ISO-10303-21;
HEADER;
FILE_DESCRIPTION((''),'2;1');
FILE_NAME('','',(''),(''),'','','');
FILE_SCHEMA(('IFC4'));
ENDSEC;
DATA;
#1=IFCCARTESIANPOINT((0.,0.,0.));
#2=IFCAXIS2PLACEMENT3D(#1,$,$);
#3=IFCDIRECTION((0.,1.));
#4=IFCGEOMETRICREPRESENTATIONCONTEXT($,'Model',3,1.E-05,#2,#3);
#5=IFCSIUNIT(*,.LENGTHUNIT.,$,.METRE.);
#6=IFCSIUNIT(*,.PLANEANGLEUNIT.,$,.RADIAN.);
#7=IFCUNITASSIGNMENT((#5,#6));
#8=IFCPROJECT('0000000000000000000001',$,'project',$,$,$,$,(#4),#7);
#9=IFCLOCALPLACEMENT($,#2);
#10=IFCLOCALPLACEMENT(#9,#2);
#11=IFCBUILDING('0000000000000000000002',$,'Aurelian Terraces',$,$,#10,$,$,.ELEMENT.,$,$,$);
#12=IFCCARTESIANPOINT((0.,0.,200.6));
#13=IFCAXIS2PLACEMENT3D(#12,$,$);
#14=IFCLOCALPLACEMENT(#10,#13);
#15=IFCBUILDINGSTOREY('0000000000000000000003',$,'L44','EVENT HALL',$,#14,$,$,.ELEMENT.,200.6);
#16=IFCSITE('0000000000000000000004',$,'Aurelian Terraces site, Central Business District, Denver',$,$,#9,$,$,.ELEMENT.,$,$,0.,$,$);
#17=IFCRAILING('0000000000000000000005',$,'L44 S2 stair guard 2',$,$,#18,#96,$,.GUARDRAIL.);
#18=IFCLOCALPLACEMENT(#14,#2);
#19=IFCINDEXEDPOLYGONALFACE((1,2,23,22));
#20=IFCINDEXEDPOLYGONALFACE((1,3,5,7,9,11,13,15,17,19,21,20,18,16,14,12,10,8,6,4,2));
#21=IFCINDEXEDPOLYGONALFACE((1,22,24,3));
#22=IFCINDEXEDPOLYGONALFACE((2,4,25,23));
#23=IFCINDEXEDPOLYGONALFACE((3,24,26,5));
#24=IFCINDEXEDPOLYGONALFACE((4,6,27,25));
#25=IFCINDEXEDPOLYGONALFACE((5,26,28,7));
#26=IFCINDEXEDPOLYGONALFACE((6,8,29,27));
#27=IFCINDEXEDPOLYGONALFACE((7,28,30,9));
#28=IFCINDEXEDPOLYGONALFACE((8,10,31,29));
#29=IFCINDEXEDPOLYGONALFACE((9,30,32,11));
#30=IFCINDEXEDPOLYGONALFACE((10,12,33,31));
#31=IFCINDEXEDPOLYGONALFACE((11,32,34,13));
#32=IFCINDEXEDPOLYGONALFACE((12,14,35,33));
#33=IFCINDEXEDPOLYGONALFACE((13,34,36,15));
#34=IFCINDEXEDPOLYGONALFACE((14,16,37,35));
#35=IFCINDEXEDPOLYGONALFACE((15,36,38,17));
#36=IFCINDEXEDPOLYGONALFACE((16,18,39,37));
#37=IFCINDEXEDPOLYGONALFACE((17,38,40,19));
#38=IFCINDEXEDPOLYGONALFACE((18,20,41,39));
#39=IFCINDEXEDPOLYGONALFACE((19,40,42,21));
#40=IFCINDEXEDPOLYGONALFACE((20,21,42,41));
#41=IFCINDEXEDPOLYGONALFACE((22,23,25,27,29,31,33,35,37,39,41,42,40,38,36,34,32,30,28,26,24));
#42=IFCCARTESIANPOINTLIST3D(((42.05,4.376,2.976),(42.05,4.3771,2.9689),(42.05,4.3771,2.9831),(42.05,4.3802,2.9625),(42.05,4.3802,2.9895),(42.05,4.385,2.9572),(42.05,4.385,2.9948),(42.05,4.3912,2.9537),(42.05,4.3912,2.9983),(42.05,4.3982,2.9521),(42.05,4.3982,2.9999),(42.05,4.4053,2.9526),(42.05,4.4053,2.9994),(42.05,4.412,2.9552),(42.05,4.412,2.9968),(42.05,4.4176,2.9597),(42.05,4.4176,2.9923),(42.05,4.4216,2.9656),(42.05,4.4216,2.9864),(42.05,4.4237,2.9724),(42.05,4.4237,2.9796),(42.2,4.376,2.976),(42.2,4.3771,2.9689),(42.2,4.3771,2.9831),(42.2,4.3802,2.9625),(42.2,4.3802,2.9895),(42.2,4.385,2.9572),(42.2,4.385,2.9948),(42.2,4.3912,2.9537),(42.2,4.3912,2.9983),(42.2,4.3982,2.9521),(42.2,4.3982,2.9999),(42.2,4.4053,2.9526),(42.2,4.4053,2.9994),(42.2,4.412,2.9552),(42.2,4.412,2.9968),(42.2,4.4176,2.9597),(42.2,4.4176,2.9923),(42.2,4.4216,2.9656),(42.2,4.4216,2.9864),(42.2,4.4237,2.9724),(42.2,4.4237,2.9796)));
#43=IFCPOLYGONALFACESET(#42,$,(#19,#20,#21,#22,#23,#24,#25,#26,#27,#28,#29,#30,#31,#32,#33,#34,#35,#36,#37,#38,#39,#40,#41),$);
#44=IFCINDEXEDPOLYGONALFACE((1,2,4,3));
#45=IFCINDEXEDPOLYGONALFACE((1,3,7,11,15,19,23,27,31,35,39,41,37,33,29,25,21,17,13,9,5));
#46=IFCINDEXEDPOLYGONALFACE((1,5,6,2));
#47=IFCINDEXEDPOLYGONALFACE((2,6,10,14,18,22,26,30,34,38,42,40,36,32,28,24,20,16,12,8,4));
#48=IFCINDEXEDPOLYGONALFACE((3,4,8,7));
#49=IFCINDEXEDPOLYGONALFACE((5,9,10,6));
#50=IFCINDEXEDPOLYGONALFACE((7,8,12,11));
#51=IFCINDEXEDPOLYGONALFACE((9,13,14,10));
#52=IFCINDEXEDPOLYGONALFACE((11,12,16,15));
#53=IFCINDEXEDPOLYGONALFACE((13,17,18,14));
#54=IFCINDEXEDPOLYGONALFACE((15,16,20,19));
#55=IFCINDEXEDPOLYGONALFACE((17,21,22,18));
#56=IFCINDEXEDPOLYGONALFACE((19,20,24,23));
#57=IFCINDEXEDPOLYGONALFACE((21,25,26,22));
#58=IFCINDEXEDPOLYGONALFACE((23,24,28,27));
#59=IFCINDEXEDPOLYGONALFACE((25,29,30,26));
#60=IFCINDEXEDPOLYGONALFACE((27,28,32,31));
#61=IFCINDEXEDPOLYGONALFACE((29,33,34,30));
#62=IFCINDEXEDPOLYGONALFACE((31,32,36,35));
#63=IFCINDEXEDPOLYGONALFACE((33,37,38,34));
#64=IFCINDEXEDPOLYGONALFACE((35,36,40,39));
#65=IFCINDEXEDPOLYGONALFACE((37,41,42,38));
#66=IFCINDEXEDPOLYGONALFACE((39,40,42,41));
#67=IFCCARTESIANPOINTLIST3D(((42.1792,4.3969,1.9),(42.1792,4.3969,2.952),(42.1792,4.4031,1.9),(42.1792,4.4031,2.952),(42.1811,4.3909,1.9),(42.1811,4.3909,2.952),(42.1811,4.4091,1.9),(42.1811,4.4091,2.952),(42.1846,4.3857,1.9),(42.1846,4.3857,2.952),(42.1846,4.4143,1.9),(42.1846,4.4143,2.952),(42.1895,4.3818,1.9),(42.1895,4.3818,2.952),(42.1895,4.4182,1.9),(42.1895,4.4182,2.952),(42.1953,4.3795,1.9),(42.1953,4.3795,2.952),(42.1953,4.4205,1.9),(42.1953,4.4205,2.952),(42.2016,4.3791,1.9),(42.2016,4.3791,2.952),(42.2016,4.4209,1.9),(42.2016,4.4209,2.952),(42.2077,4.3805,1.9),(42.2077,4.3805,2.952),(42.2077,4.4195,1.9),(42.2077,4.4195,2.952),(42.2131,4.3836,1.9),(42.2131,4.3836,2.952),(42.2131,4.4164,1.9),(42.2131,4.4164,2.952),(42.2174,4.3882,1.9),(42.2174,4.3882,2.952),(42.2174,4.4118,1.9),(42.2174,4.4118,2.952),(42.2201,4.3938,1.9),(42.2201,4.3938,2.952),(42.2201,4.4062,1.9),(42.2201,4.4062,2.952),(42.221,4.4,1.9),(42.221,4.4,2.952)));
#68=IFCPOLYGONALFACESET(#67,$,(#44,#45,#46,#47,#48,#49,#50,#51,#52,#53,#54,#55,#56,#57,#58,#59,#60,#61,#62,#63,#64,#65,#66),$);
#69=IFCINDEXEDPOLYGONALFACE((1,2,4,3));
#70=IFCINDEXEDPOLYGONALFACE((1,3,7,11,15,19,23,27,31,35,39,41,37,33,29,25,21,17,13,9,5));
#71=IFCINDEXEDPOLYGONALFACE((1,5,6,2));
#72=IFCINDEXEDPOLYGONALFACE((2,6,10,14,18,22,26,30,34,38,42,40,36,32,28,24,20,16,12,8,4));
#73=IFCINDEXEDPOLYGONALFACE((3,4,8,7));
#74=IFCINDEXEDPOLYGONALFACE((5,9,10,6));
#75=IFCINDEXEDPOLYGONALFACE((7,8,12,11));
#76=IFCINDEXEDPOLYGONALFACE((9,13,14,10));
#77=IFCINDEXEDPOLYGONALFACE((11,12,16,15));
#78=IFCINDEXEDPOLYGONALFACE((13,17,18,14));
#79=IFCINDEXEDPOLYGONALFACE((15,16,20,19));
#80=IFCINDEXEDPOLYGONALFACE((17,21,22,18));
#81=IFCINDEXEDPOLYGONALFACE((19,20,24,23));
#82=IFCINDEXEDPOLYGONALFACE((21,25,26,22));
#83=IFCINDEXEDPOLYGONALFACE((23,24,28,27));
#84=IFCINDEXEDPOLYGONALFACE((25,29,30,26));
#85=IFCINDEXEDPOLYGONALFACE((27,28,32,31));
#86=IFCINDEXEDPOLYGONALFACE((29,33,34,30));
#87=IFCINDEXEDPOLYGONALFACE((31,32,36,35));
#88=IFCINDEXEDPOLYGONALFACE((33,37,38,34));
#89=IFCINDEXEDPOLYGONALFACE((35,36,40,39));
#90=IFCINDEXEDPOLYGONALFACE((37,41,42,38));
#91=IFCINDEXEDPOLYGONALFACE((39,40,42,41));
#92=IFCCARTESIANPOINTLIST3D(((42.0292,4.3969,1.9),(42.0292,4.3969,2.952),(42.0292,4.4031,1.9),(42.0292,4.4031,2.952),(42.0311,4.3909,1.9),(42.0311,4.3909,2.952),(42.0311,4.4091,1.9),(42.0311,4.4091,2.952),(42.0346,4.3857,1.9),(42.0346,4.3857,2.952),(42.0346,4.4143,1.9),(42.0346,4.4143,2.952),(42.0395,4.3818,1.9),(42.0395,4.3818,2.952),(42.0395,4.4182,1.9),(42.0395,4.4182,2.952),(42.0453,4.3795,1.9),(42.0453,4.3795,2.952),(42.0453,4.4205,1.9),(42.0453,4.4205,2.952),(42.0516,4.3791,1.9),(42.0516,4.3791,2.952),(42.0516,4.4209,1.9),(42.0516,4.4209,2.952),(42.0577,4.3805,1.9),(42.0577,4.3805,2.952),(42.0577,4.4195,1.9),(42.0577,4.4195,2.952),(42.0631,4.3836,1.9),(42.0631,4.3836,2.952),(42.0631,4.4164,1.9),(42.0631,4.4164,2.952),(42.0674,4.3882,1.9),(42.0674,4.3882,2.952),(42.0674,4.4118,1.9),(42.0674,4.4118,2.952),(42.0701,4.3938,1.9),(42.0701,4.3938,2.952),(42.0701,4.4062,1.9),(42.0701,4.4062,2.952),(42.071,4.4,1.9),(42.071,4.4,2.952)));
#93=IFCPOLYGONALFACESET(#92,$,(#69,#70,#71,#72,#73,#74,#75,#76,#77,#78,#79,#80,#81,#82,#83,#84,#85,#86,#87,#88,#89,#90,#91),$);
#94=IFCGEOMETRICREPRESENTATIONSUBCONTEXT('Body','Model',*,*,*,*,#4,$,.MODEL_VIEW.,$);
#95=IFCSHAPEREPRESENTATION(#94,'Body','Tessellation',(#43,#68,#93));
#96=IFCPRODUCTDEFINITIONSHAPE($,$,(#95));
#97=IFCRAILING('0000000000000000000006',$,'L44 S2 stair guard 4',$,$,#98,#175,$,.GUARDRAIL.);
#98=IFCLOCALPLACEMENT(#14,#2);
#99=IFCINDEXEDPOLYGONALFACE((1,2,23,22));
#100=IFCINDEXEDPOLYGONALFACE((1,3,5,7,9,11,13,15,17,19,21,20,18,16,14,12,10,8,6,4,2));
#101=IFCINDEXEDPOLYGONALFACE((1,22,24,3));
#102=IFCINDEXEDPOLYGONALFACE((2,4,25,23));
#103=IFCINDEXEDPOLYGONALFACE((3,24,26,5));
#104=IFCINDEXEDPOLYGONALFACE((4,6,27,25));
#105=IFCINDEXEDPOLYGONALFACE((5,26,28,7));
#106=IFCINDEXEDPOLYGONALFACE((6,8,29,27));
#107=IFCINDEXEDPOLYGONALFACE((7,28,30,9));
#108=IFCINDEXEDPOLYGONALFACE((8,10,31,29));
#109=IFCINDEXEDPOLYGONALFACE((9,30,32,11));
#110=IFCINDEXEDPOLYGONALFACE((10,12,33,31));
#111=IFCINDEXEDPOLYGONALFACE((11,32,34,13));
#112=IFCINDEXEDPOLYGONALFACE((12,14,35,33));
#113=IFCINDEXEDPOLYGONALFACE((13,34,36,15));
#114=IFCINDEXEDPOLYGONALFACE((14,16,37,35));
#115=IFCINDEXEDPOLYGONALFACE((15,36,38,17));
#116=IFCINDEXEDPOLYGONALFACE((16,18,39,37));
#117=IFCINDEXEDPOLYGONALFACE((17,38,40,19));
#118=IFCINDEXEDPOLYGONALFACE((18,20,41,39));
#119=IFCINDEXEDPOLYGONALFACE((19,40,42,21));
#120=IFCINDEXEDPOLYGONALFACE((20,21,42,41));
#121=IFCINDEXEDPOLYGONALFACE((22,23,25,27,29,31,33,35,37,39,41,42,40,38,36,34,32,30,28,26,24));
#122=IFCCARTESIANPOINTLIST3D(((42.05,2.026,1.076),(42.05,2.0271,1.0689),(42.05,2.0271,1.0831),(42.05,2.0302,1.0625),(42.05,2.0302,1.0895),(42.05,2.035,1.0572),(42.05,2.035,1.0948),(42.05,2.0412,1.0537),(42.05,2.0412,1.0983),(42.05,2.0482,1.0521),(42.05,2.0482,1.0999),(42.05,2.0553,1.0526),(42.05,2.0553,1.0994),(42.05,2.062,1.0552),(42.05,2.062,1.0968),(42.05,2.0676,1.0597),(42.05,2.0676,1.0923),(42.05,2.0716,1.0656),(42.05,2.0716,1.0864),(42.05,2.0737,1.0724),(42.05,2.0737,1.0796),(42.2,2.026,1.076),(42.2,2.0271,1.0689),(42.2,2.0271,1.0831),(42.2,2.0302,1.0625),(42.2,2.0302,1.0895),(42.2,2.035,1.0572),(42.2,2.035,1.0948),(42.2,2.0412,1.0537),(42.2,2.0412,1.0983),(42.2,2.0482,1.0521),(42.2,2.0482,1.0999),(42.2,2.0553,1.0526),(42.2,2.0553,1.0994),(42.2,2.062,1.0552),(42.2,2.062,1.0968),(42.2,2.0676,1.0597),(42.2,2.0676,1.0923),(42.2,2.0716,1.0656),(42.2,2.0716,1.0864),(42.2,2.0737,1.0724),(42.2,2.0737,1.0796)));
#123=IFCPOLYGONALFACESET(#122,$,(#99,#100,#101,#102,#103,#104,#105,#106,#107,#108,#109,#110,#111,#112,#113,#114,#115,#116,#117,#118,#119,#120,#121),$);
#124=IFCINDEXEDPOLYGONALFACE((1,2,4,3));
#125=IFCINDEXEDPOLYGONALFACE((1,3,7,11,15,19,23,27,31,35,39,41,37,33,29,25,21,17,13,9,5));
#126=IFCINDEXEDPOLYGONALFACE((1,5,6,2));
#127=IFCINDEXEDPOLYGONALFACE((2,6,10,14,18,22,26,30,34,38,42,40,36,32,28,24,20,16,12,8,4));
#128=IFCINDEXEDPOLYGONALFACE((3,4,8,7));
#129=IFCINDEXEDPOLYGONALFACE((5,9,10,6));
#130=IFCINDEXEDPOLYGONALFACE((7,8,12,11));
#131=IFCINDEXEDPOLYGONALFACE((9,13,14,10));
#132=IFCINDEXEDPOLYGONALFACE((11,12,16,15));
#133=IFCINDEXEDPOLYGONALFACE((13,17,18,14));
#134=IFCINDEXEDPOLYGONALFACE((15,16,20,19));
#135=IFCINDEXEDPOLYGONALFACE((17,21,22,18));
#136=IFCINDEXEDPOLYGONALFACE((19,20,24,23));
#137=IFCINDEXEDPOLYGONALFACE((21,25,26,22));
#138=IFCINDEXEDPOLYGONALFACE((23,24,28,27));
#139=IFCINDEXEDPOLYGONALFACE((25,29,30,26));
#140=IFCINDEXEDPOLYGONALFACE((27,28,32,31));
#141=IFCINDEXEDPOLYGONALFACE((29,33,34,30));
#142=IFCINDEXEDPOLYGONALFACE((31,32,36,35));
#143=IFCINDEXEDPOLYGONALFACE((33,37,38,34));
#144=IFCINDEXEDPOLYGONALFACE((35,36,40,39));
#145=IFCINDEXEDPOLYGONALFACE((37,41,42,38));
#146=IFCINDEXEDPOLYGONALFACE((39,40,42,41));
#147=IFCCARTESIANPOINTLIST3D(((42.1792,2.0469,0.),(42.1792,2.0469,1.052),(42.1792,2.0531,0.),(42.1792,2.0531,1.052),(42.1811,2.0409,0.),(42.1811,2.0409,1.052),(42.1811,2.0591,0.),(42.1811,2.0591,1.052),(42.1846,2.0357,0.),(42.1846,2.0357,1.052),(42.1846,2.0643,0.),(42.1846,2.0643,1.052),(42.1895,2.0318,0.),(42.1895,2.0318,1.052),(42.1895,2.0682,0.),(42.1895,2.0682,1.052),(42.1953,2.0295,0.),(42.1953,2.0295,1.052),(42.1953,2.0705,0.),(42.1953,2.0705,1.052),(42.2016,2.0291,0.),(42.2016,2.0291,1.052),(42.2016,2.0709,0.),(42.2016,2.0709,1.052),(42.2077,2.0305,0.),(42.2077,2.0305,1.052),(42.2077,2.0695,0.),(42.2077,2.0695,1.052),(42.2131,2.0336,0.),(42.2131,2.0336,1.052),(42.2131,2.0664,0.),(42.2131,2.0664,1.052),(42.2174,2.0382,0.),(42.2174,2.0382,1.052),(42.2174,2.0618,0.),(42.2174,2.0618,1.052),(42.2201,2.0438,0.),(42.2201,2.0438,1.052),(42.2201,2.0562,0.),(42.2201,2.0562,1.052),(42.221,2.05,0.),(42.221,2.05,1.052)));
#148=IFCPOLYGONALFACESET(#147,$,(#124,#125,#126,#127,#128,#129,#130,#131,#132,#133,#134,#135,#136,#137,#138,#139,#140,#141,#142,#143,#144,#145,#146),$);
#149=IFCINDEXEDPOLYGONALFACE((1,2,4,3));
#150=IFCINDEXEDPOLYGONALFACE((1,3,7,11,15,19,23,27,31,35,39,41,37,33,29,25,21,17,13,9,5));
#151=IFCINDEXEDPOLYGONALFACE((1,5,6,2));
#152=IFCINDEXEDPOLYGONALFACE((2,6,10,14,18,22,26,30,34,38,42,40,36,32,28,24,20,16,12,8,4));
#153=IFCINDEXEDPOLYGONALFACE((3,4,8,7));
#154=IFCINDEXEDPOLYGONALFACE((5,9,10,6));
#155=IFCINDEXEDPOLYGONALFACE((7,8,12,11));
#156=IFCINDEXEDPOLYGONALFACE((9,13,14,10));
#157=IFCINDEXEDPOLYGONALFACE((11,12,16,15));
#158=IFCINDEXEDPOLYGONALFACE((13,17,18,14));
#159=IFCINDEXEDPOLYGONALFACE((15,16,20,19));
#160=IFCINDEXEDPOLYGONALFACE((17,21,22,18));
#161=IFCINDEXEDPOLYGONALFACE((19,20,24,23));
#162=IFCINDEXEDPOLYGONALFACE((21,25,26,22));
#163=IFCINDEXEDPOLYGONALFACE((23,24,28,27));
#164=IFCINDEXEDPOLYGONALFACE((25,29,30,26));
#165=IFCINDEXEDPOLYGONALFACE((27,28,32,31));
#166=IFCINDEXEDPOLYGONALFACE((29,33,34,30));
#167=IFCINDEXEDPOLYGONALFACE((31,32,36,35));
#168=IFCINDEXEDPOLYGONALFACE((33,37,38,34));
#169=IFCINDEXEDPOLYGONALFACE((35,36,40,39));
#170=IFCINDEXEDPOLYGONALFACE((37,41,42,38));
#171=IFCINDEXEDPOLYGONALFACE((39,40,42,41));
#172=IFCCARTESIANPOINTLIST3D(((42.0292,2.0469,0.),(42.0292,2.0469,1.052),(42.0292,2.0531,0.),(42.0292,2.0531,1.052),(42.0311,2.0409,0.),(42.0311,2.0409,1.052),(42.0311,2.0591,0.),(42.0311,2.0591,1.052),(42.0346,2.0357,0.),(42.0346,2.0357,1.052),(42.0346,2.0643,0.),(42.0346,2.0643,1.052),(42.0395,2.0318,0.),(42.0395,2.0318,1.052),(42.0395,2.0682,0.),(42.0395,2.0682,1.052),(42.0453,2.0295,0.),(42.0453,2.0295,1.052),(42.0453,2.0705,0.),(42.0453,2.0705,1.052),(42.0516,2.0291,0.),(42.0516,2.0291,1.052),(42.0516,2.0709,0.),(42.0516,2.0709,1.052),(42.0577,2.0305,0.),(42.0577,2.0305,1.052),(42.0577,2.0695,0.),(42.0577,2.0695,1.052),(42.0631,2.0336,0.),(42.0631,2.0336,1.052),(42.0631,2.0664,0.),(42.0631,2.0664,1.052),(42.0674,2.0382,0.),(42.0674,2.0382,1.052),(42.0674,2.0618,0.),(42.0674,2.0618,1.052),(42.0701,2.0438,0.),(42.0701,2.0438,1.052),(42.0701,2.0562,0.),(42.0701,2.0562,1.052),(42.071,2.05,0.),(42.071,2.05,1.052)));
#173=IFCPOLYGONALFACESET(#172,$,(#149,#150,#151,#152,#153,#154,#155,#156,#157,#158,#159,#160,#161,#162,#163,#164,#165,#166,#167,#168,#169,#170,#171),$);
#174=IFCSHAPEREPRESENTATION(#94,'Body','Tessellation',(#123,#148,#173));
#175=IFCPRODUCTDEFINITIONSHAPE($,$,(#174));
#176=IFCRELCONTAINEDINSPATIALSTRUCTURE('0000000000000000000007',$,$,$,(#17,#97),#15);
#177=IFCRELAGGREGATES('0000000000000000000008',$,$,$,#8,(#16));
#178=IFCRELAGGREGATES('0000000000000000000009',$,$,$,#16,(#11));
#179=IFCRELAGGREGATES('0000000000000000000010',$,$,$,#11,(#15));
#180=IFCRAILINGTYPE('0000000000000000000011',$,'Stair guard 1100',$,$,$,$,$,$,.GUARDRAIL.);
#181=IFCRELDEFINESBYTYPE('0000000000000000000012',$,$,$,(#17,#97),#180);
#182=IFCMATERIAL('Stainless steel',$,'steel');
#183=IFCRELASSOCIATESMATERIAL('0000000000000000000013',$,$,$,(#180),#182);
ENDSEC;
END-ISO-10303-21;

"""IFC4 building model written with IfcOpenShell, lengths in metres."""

from ifc_helpers import new_model, si_unit, direction, frame, origin, origin_2d, place, context, subcontext, project, spatial, circle, extrude, source, transform, mapped, material, type_object, element, save


model = new_model("IFC4")

# Units and contexts
model_context = context("Model", 3, precision=1e-05, world=origin(), true_north=direction((0.0, 1.0)))
body_context = subcontext(model_context, "Body", "Model", "MODEL_VIEW")
ifc_project = project(units=[si_unit("LENGTHUNIT", "METRE"), si_unit("PLANEANGLEUNIT", "RADIAN")], contexts=[model_context])

# Site, building, storey
site_placement = place(None, origin())
site = spatial("IfcSite", under=ifc_project, at=site_placement, Name="Aurelian Terraces site, Central Business District, Denver", CompositionType="ELEMENT", RefElevation=0.0)
building_placement = place(site_placement, origin())
building = spatial("IfcBuilding", under=site, at=building_placement, Name="Aurelian Terraces", CompositionType="ELEMENT")
storey_placement = place(building_placement, frame((0.0, 0.0, 200.6)))
storey = spatial("IfcBuildingStorey", under=building, at=storey_placement, Name="L44", Description="EVENT HALL", CompositionType="ELEMENT", Elevation=200.6)

# Railings
ifc_material_1 = material(Name="Stainless steel", Category="steel")
railing_type_1 = type_object("IfcRailingType", Name="Stair guard 1100", PredefinedType="GUARDRAIL", material=ifc_material_1)
shared_shape_1 = source(origin(), body_context, "Body", "SweptSolid", [
    extrude(circle(Radius=0.024, at=origin_2d()), frame((0.0, 0.0, 1.076), z_axis=(-1.0, 0.0, 0.0), x_axis=(0.0, -1.0, 0.0)), (0.0, 0.0, 1.0), 0.15),
    extrude(circle(Radius=0.021, at=origin_2d()), origin(), (0.0, 0.0, 1.0), 1.052),
    extrude(circle(Radius=0.021, at=origin_2d()), frame((-0.15, 0.0, 0.0)), (0.0, 0.0, 1.0), 1.052),
])
for number, where, name in (
    (1, (42.2, 4.4, 1.9), "L44 S2 stair guard 2"),
    (2, (42.2, 2.05, 0.0), "L44 S2 stair guard 4"),
):
    element("IfcRailing", number, at=place(storey_placement, frame(where)), inside=storey, type_object=railing_type_1, Name=name, PredefinedType="GUARDRAIL", context=body_context, shape_type="MappedRepresentation", body=[
        mapped(shared_shape_1, transform((0.0, 0.0, 0.0), scale=1.0)),
    ])

save(model, "model.ifc")
